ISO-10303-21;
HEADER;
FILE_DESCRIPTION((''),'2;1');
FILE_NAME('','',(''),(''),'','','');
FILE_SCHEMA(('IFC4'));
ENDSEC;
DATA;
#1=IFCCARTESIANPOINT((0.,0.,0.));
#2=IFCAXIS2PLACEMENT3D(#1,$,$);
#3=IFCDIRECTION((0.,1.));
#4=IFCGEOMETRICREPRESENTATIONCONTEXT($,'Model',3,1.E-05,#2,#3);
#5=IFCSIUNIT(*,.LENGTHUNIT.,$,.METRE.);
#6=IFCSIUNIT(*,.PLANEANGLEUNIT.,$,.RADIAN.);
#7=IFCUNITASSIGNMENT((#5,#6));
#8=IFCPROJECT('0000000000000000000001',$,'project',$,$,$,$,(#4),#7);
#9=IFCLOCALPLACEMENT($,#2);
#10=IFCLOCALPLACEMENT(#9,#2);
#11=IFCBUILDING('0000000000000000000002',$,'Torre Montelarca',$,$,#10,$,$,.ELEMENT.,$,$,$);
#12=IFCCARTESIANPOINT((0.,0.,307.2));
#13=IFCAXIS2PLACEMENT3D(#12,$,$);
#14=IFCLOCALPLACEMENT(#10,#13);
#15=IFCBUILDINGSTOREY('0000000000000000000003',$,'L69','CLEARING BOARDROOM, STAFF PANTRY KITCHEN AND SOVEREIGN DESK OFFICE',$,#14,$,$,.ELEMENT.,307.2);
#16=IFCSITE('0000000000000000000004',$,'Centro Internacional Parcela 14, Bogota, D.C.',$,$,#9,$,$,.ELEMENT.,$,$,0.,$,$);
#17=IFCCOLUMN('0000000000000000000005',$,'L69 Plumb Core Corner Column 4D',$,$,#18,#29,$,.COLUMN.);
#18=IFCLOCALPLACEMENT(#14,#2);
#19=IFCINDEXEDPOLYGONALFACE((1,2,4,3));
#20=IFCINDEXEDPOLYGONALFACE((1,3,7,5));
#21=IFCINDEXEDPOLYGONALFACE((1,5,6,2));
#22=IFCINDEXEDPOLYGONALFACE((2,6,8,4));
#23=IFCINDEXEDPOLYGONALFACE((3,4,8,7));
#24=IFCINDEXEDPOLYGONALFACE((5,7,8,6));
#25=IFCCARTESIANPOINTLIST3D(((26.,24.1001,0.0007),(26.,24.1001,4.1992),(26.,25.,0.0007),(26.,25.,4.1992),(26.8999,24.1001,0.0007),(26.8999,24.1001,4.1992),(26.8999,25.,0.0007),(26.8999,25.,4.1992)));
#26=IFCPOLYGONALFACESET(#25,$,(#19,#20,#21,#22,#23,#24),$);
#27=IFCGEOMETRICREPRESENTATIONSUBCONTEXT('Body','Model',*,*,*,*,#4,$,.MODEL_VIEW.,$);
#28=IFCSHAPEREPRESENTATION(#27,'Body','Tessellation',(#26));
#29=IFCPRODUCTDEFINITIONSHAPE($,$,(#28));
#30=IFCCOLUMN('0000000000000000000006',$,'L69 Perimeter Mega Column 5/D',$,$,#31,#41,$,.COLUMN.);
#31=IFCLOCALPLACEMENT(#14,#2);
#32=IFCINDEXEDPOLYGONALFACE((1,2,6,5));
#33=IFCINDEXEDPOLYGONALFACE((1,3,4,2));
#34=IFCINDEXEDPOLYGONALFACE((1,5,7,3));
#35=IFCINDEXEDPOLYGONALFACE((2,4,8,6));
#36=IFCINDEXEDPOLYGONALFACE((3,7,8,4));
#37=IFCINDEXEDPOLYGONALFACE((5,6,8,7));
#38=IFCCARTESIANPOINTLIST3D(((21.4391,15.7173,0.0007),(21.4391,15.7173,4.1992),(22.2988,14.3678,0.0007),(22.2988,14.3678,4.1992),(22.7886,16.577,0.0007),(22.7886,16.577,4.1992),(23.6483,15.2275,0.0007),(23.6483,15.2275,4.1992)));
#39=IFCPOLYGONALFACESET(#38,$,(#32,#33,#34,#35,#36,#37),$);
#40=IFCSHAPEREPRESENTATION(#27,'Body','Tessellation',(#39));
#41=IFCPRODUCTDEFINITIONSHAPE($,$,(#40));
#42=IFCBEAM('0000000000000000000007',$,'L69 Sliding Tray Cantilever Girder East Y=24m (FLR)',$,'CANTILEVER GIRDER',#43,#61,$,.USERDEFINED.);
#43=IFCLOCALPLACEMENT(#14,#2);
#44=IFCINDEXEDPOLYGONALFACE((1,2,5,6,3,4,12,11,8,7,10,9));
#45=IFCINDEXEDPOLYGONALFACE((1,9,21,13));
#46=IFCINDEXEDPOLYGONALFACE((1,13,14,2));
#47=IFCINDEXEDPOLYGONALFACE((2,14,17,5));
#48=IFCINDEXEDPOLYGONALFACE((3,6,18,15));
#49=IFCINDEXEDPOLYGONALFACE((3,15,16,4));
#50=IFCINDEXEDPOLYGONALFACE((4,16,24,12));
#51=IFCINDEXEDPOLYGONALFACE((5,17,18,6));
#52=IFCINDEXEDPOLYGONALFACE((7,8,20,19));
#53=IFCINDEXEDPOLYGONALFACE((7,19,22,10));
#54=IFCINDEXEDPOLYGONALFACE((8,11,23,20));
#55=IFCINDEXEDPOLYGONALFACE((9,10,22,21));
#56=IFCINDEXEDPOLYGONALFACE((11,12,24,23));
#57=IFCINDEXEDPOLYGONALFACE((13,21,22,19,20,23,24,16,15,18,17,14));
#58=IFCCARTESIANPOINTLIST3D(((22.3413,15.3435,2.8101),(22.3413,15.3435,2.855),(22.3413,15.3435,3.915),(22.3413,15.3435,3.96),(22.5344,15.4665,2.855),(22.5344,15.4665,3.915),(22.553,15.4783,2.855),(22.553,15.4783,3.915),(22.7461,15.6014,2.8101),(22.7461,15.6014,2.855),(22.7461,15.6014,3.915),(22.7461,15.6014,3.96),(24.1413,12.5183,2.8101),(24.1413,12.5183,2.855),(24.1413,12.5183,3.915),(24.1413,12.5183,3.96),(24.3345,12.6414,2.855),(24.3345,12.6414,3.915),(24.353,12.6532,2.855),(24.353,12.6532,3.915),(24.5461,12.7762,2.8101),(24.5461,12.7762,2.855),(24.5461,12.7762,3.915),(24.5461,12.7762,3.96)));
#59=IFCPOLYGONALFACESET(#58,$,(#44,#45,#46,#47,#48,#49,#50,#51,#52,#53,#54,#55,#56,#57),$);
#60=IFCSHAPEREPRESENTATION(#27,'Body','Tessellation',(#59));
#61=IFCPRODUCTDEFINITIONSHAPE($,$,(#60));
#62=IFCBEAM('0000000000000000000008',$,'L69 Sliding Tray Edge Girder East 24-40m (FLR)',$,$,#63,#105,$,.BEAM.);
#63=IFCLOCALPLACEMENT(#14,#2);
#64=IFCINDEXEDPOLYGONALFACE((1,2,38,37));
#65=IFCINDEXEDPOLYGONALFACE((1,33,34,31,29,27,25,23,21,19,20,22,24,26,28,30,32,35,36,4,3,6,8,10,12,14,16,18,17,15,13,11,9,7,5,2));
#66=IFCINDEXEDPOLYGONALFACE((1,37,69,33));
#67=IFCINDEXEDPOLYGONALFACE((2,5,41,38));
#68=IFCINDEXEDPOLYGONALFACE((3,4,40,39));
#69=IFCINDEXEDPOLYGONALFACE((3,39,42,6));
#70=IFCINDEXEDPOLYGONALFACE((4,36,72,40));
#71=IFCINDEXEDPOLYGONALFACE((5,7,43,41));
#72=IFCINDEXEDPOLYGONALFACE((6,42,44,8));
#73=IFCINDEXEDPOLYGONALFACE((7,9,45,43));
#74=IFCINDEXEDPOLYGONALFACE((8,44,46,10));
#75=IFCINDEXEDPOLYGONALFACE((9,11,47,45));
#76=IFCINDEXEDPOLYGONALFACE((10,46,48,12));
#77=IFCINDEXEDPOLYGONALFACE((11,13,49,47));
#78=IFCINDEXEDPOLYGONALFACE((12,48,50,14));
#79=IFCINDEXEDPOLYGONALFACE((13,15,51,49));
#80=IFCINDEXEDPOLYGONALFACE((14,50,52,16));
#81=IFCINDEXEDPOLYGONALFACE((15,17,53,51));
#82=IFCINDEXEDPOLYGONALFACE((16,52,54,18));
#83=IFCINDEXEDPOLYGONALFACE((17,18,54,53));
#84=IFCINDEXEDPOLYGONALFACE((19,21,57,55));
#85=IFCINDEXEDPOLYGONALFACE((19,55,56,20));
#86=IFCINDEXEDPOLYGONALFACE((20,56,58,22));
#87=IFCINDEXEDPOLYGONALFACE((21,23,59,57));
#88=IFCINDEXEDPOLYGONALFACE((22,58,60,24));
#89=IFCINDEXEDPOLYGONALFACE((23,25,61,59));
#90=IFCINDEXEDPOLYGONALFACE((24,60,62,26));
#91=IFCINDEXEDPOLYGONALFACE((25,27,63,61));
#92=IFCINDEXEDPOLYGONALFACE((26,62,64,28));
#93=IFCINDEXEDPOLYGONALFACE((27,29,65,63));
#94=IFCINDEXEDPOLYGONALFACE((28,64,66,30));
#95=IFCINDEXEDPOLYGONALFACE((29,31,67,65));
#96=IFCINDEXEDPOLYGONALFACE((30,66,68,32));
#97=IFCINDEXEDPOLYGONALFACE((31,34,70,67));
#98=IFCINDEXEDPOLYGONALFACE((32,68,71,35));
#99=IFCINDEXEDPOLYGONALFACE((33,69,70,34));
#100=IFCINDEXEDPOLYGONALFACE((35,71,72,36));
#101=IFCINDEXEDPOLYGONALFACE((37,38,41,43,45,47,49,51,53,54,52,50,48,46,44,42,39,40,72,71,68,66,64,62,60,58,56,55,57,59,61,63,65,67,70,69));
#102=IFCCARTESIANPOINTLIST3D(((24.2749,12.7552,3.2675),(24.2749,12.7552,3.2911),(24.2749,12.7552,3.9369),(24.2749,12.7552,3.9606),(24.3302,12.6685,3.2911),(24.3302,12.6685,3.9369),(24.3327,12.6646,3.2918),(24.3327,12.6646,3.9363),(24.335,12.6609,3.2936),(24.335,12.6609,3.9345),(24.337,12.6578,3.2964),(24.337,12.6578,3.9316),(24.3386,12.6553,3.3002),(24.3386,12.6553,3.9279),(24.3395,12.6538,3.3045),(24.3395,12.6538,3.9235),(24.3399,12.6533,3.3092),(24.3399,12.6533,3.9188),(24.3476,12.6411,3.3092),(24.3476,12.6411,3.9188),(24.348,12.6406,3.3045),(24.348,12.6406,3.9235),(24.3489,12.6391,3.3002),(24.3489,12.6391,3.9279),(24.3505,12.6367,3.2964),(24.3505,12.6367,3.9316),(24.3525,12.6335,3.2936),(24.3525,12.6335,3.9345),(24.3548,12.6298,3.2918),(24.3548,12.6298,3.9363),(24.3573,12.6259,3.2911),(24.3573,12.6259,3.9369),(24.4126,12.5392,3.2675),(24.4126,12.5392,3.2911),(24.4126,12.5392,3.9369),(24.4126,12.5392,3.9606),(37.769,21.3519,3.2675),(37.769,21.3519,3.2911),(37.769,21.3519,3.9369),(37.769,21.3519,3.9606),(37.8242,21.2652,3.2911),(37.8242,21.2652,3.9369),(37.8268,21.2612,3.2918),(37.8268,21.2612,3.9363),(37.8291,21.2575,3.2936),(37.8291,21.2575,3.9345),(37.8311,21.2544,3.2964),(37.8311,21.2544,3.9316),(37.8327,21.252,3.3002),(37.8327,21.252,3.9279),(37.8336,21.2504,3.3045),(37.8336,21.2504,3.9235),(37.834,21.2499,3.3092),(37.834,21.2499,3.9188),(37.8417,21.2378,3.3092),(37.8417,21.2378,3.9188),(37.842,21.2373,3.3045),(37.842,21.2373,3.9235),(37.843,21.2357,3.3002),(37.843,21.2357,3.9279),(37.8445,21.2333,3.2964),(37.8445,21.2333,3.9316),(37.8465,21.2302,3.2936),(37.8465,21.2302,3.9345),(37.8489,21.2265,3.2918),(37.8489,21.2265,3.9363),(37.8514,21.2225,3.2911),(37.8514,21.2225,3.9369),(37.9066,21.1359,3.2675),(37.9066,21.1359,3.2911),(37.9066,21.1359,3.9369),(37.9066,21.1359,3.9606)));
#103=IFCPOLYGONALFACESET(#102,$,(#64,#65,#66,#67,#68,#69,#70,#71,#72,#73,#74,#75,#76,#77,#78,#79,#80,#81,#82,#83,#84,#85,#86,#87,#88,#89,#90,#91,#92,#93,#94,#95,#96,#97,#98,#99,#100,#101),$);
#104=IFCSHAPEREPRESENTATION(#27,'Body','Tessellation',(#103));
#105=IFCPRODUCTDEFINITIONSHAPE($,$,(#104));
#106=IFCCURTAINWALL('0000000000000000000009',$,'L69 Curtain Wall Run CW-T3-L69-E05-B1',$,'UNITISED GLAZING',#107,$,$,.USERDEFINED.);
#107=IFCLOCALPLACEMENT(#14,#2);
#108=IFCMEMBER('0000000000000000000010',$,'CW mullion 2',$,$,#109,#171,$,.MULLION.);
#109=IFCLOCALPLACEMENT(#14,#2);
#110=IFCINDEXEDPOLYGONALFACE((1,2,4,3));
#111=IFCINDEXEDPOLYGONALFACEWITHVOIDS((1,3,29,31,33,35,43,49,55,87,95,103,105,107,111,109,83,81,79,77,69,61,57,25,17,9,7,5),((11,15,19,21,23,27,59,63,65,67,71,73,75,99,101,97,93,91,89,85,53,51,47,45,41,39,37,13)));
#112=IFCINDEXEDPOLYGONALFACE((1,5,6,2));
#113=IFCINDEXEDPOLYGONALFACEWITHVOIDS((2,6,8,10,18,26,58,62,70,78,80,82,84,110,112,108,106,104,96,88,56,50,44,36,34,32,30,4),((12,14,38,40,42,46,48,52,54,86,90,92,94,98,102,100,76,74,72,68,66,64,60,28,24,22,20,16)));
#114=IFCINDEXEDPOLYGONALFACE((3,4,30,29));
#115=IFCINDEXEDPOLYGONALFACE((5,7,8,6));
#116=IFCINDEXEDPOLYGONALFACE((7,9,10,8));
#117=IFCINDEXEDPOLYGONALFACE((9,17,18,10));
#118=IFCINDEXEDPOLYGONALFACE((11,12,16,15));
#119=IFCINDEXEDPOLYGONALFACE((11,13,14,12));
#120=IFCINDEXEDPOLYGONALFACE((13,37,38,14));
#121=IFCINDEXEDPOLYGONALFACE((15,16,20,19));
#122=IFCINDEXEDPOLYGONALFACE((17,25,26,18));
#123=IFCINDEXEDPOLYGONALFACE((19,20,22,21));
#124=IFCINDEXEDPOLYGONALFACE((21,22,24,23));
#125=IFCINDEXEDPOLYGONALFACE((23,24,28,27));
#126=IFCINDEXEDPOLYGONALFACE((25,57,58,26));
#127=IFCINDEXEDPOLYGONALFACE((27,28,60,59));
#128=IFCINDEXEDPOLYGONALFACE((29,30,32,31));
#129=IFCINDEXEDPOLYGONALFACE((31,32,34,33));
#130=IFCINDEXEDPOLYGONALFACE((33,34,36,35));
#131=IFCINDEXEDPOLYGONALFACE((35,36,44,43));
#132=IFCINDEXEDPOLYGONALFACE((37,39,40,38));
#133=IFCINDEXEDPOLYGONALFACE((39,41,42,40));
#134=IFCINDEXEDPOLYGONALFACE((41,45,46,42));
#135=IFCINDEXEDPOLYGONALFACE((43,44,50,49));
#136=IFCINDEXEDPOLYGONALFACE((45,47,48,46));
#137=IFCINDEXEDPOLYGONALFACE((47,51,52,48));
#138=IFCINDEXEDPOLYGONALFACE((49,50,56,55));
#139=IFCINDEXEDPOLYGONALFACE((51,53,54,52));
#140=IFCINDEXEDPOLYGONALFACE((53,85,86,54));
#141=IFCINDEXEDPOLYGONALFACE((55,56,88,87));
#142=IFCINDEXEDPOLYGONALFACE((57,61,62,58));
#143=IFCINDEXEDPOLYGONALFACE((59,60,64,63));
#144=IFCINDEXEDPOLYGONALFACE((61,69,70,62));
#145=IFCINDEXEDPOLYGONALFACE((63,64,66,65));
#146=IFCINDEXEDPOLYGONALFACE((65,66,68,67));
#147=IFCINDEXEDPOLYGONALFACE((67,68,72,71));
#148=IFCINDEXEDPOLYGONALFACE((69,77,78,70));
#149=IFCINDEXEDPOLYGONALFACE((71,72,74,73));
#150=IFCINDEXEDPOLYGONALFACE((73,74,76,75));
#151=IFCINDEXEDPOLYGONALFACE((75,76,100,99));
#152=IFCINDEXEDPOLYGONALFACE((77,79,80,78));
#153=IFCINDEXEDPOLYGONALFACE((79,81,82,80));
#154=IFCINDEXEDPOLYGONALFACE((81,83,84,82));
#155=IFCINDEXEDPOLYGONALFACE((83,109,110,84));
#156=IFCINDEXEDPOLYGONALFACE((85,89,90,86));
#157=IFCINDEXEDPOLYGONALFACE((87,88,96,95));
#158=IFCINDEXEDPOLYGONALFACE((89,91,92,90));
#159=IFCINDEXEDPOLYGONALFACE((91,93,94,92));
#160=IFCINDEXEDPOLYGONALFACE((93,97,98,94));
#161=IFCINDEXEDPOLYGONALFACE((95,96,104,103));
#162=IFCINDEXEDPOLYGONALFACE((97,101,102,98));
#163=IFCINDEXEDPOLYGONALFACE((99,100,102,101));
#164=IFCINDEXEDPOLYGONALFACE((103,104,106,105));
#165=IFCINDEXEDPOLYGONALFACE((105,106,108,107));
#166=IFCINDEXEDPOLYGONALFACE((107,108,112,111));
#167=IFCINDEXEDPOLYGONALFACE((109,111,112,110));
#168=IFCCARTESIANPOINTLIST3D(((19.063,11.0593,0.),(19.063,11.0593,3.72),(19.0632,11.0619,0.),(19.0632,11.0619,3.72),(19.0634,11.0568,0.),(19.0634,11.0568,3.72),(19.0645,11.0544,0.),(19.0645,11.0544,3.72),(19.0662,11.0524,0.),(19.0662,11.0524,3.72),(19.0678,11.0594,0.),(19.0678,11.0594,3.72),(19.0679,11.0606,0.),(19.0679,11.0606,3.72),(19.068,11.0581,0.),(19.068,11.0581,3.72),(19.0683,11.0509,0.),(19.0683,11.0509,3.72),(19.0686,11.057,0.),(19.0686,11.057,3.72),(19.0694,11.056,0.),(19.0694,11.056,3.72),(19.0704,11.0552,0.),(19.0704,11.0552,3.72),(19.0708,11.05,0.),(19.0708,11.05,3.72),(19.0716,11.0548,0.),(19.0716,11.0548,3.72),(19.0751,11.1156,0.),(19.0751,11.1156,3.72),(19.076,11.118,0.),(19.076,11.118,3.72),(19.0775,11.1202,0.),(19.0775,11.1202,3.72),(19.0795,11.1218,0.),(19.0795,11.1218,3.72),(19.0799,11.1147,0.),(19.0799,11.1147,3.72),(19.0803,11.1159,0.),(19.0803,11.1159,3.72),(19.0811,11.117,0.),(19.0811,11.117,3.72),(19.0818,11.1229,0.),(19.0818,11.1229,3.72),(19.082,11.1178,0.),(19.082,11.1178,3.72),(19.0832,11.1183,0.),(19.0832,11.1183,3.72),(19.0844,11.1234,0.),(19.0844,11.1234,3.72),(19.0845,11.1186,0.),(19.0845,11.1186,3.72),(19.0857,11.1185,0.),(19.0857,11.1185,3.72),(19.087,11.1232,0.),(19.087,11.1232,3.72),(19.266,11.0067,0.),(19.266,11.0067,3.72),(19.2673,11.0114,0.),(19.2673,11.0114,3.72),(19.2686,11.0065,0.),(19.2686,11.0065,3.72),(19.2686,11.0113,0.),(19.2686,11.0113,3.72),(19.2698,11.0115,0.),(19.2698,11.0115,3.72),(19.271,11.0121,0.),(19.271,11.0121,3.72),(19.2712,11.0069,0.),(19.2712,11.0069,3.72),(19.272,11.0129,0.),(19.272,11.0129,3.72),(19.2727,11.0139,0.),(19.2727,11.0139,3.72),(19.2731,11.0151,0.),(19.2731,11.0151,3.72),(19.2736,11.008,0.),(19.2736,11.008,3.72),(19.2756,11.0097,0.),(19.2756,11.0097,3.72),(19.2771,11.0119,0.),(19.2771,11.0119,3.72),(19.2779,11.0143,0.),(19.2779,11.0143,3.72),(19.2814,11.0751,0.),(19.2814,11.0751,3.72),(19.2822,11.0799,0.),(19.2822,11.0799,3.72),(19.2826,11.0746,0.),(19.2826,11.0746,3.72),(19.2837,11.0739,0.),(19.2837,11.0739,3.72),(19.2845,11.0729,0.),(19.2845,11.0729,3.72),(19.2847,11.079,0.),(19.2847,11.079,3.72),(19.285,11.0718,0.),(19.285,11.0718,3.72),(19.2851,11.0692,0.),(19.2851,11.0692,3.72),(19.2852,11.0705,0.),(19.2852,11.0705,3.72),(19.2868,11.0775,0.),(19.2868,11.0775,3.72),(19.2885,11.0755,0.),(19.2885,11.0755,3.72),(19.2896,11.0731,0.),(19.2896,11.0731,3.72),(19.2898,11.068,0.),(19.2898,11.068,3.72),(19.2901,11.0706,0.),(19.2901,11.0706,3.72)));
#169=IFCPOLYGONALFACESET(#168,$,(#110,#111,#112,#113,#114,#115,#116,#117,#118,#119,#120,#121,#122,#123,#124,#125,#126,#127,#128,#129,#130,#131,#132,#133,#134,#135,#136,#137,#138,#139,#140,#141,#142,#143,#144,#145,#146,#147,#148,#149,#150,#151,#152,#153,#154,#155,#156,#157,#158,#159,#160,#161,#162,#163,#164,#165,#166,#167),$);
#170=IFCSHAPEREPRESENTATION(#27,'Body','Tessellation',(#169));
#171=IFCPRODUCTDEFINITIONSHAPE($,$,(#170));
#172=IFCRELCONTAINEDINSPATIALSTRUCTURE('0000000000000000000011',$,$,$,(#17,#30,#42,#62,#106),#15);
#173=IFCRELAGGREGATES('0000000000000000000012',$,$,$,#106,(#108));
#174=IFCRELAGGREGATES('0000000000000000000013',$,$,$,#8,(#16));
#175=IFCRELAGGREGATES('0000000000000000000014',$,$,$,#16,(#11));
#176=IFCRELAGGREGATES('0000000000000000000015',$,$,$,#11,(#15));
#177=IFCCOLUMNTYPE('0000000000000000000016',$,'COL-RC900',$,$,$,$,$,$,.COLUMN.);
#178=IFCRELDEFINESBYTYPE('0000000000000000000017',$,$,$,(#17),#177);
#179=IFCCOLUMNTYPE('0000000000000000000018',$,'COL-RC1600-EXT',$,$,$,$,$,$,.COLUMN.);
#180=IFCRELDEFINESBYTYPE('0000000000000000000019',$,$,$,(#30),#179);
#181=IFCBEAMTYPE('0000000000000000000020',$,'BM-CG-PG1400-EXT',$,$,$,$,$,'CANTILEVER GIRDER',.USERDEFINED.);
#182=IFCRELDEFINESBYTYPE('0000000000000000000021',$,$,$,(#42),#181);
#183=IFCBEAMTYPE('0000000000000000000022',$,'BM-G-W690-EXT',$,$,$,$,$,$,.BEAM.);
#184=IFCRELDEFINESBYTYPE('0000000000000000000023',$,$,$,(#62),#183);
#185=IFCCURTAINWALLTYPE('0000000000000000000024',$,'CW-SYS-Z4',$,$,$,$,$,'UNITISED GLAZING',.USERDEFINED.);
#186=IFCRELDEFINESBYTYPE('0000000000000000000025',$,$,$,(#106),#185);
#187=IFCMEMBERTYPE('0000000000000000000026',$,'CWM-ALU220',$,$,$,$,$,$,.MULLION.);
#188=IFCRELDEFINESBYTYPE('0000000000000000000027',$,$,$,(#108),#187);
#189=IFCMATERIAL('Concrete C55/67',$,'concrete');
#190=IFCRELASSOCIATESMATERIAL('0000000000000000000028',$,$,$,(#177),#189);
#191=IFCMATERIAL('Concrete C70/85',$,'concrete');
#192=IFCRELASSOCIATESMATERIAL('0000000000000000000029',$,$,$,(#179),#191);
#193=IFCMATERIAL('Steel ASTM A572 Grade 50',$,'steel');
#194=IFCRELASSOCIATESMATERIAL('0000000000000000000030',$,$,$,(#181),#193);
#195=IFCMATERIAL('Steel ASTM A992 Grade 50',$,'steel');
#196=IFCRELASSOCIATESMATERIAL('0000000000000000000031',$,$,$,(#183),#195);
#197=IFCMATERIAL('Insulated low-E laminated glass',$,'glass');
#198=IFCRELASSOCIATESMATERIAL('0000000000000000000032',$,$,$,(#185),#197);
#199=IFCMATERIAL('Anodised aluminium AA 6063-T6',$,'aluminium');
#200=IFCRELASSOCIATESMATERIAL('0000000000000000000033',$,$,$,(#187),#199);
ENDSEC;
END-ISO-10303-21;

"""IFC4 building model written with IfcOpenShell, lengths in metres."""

from ifc_helpers import new_model, si_unit, direction, frame, origin, origin_2d, place, context, subcontext, project, spatial, rectangle, hollow_rectangle, i_section, extrude, source, transform, mapped, material, material_profile, profile_set, type_object, element, aggregate, save


model = new_model("IFC4")

# Units and contexts
model_context = context("Model", 3, precision=1e-05, world=origin(), true_north=direction((0.0, 1.0)))
body_context = subcontext(model_context, "Body", "Model", "MODEL_VIEW")
ifc_project = project(units=[si_unit("LENGTHUNIT", "METRE"), si_unit("PLANEANGLEUNIT", "RADIAN")], contexts=[model_context])

# Site, building, storey
site_placement = place(None, origin())
site = spatial("IfcSite", under=ifc_project, at=site_placement, Name="Centro Internacional Parcela 14, Bogota, D.C.", CompositionType="ELEMENT", RefElevation=0.0)
building_placement = place(site_placement, origin())
building = spatial("IfcBuilding", under=site, at=building_placement, Name="Torre Montelarca", CompositionType="ELEMENT")
storey_placement = place(building_placement, frame((0.0, 0.0, 307.2)))
storey = spatial("IfcBuildingStorey", under=building, at=storey_placement, Name="L69", Description="CLEARING BOARDROOM, STAFF PANTRY KITCHEN AND SOVEREIGN DESK OFFICE", CompositionType="ELEMENT", Elevation=307.2)

# Columns
ifc_material_1 = material(Name="Concrete C55/67", Category="concrete")
ifc_material_profile_1 = material_profile(ifc_material_1, rectangle(XDim=0.8999, YDim=0.8999, at=origin_2d()), Name="RC900X900", Category="concrete")
ifc_profile_set_1 = profile_set([ifc_material_profile_1], Name="Concrete C55/67")
column_type_1 = type_object("IfcColumnType", Name="COL-RC900", PredefinedType="COLUMN", material=ifc_profile_set_1)
shared_shape_1 = source(origin(), body_context, "Body", "SweptSolid", [
    extrude(rectangle(XDim=0.8999, YDim=0.8999, at=origin_2d()), origin(), (0.0, 0.0, 1.0), 4.1985),
])
column_1_placement = place(storey_placement, frame((26.45, 24.55, 0.0007), z_axis=(0.0, 0.0, 1.0), x_axis=(1.0, 0.0, 0.0)))
element("IfcColumn", 1, at=column_1_placement, inside=storey, type_object=column_type_1, Name="L69 Plumb Core Corner Column 4D", PredefinedType="COLUMN", context=body_context, shape_type="MappedRepresentation", body=[
    mapped(shared_shape_1, transform((0.0, 0.0, 0.0), scale=1.0)),
])
ifc_material_2 = material(Name="Concrete C70/85", Category="concrete")
ifc_material_profile_2 = material_profile(ifc_material_2, rectangle(XDim=1.6001, YDim=1.6001, at=origin_2d()), Name="RC1600X1600", Category="concrete")
ifc_profile_set_2 = profile_set([ifc_material_profile_2], Name="Concrete C70/85")
column_type_2 = type_object("IfcColumnType", Name="COL-RC1600-EXT", PredefinedType="COLUMN", material=ifc_profile_set_2)
shared_shape_2 = source(origin(), body_context, "Body", "SweptSolid", [
    extrude(rectangle(XDim=1.6001, YDim=1.6001, at=origin_2d()), origin(), (0.0, 0.0, 1.0), 4.1985),
])
column_2_placement = place(storey_placement, frame((22.5437, 15.4724, 0.0007), z_axis=(0.0, 0.0, 1.0), x_axis=(-0.5373, 0.843391, 0.0)))
element("IfcColumn", 2, at=column_2_placement, inside=storey, type_object=column_type_2, Name="L69 Perimeter Mega Column 5/D", PredefinedType="COLUMN", context=body_context, shape_type="MappedRepresentation", body=[
    mapped(shared_shape_2, transform((0.0, 0.0, 0.0), scale=1.0)),
])

# Beams
ifc_material_3 = material(Name="Steel ASTM A572 Grade 50", Category="steel")
ifc_material_profile_3 = material_profile(ifc_material_3, i_section(OverallWidth=0.48, OverallDepth=1.1499, WebThickness=0.022, FlangeThickness=0.0449, at=origin_2d()), Name="PG1150X480X22X45", Category="steel")
ifc_profile_set_3 = profile_set([ifc_material_profile_3], Name="Steel ASTM A572 Grade 50")
beam_type_1 = type_object("IfcBeamType", Name="BM-CG-PG1400-EXT", ElementType="CANTILEVER GIRDER", PredefinedType="USERDEFINED", material=ifc_profile_set_3)
shared_shape_3 = source(origin(), body_context, "Body", "SweptSolid", [
    extrude(i_section(OverallWidth=0.48, OverallDepth=1.1499, WebThickness=0.022, FlangeThickness=0.0449, at=origin_2d()), origin(), (0.0, 0.0, 1.0), 3.3499),
])
beam_1_placement = place(storey_placement, frame((22.5437, 15.4724, 3.385), z_axis=(0.537342, -0.843364, 0.0), x_axis=(0.843364, 0.537342, 0.0)))
element("IfcBeam", 3, at=beam_1_placement, inside=storey, type_object=beam_type_1, Name="L69 Sliding Tray Cantilever Girder East Y=24m (FLR)", ObjectType="CANTILEVER GIRDER", PredefinedType="USERDEFINED", context=body_context, shape_type="MappedRepresentation", body=[
    mapped(shared_shape_3, transform((0.0, 0.0, 0.0), scale=1.0)),
])
ifc_material_4 = material(Name="Steel ASTM A992 Grade 50", Category="steel")
ifc_material_profile_4 = material_profile(ifc_material_4, i_section(OverallWidth=0.2561, OverallDepth=0.6931, WebThickness=0.0144, FlangeThickness=0.0237, FilletRadius=0.0181, at=origin_2d()), Name="W690X170", Category="steel")
ifc_profile_set_4 = profile_set([ifc_material_profile_4], Name="Steel ASTM A992 Grade 50")
beam_type_2 = type_object("IfcBeamType", Name="BM-G-W690-EXT", PredefinedType="BEAM", material=ifc_profile_set_4)
shared_shape_4 = source(origin(), body_context, "Body", "SweptSolid", [
    extrude(i_section(OverallWidth=0.2561, OverallDepth=0.6931, WebThickness=0.0144, FlangeThickness=0.0237, FilletRadius=0.0181, at=origin_2d()), origin(), (0.0, 0.0, 1.0), 15.9998),
])
beam_2_placement = place(storey_placement, frame((24.3438, 12.6472, 3.614), z_axis=(0.843392, 0.537298, 0.0), x_axis=(-0.537298, 0.843392, 0.0)))
element("IfcBeam", 4, at=beam_2_placement, inside=storey, type_object=beam_type_2, Name="L69 Sliding Tray Edge Girder East 24-40m (FLR)", PredefinedType="BEAM", context=body_context, shape_type="MappedRepresentation", body=[
    mapped(shared_shape_4, transform((0.0, 0.0, 0.0), scale=1.0)),
])

# Curtain wall, member
ifc_material_5 = material(Name="Insulated low-E laminated glass", Category="glass")
curtain_wall_type = type_object("IfcCurtainWallType", Name="CW-SYS-Z4", ElementType="UNITISED GLAZING", PredefinedType="USERDEFINED", material=ifc_material_5)
curtain_wall_1_placement = place(storey_placement, origin())
curtain_wall_1 = element("IfcCurtainWall", 5, at=curtain_wall_1_placement, inside=storey, type_object=curtain_wall_type, Name="L69 Curtain Wall Run CW-T3-L69-E05-B1", ObjectType="UNITISED GLAZING", PredefinedType="USERDEFINED")
ifc_material_6 = material(Name="Anodised aluminium AA 6063-T6", Category="aluminium")
ifc_material_profile_5 = material_profile(ifc_material_6, hollow_rectangle(XDim=0.075, YDim=0.22, WallThickness=0.0049, InnerFilletRadius=0.0049, OuterFilletRadius=0.01, at=origin_2d()), Name="ALU75X220X5", Category="aluminium")
ifc_profile_set_5 = profile_set([ifc_material_profile_5], Name="Anodised aluminium AA 6063-T6")
member_type_1 = type_object("IfcMemberType", Name="CWM-ALU220", PredefinedType="MULLION", material=ifc_profile_set_5)
shared_shape_5 = source(origin(), body_context, "Body", "SweptSolid", [
    extrude(hollow_rectangle(XDim=0.075, YDim=0.22, WallThickness=0.0049, InnerFilletRadius=0.0049, OuterFilletRadius=0.01, at=origin_2d()), origin(), (0.0, 0.0, 1.0), 3.72),
])
member_1_placement = place(storey_placement, frame((19.1765, 11.0649, 0.0), z_axis=(0.0, 0.0, 1.0), x_axis=(0.216439, 0.976296, 0.0)))
member_1 = element("IfcMember", 6, at=member_1_placement, type_object=member_type_1, Name="CW mullion 2", PredefinedType="MULLION", context=body_context, shape_type="MappedRepresentation", body=[
    mapped(shared_shape_5, transform((0.0, 0.0, 0.0), scale=1.0)),
])

aggregate(curtain_wall_1, [member_1])

save(model, "model.ifc")
